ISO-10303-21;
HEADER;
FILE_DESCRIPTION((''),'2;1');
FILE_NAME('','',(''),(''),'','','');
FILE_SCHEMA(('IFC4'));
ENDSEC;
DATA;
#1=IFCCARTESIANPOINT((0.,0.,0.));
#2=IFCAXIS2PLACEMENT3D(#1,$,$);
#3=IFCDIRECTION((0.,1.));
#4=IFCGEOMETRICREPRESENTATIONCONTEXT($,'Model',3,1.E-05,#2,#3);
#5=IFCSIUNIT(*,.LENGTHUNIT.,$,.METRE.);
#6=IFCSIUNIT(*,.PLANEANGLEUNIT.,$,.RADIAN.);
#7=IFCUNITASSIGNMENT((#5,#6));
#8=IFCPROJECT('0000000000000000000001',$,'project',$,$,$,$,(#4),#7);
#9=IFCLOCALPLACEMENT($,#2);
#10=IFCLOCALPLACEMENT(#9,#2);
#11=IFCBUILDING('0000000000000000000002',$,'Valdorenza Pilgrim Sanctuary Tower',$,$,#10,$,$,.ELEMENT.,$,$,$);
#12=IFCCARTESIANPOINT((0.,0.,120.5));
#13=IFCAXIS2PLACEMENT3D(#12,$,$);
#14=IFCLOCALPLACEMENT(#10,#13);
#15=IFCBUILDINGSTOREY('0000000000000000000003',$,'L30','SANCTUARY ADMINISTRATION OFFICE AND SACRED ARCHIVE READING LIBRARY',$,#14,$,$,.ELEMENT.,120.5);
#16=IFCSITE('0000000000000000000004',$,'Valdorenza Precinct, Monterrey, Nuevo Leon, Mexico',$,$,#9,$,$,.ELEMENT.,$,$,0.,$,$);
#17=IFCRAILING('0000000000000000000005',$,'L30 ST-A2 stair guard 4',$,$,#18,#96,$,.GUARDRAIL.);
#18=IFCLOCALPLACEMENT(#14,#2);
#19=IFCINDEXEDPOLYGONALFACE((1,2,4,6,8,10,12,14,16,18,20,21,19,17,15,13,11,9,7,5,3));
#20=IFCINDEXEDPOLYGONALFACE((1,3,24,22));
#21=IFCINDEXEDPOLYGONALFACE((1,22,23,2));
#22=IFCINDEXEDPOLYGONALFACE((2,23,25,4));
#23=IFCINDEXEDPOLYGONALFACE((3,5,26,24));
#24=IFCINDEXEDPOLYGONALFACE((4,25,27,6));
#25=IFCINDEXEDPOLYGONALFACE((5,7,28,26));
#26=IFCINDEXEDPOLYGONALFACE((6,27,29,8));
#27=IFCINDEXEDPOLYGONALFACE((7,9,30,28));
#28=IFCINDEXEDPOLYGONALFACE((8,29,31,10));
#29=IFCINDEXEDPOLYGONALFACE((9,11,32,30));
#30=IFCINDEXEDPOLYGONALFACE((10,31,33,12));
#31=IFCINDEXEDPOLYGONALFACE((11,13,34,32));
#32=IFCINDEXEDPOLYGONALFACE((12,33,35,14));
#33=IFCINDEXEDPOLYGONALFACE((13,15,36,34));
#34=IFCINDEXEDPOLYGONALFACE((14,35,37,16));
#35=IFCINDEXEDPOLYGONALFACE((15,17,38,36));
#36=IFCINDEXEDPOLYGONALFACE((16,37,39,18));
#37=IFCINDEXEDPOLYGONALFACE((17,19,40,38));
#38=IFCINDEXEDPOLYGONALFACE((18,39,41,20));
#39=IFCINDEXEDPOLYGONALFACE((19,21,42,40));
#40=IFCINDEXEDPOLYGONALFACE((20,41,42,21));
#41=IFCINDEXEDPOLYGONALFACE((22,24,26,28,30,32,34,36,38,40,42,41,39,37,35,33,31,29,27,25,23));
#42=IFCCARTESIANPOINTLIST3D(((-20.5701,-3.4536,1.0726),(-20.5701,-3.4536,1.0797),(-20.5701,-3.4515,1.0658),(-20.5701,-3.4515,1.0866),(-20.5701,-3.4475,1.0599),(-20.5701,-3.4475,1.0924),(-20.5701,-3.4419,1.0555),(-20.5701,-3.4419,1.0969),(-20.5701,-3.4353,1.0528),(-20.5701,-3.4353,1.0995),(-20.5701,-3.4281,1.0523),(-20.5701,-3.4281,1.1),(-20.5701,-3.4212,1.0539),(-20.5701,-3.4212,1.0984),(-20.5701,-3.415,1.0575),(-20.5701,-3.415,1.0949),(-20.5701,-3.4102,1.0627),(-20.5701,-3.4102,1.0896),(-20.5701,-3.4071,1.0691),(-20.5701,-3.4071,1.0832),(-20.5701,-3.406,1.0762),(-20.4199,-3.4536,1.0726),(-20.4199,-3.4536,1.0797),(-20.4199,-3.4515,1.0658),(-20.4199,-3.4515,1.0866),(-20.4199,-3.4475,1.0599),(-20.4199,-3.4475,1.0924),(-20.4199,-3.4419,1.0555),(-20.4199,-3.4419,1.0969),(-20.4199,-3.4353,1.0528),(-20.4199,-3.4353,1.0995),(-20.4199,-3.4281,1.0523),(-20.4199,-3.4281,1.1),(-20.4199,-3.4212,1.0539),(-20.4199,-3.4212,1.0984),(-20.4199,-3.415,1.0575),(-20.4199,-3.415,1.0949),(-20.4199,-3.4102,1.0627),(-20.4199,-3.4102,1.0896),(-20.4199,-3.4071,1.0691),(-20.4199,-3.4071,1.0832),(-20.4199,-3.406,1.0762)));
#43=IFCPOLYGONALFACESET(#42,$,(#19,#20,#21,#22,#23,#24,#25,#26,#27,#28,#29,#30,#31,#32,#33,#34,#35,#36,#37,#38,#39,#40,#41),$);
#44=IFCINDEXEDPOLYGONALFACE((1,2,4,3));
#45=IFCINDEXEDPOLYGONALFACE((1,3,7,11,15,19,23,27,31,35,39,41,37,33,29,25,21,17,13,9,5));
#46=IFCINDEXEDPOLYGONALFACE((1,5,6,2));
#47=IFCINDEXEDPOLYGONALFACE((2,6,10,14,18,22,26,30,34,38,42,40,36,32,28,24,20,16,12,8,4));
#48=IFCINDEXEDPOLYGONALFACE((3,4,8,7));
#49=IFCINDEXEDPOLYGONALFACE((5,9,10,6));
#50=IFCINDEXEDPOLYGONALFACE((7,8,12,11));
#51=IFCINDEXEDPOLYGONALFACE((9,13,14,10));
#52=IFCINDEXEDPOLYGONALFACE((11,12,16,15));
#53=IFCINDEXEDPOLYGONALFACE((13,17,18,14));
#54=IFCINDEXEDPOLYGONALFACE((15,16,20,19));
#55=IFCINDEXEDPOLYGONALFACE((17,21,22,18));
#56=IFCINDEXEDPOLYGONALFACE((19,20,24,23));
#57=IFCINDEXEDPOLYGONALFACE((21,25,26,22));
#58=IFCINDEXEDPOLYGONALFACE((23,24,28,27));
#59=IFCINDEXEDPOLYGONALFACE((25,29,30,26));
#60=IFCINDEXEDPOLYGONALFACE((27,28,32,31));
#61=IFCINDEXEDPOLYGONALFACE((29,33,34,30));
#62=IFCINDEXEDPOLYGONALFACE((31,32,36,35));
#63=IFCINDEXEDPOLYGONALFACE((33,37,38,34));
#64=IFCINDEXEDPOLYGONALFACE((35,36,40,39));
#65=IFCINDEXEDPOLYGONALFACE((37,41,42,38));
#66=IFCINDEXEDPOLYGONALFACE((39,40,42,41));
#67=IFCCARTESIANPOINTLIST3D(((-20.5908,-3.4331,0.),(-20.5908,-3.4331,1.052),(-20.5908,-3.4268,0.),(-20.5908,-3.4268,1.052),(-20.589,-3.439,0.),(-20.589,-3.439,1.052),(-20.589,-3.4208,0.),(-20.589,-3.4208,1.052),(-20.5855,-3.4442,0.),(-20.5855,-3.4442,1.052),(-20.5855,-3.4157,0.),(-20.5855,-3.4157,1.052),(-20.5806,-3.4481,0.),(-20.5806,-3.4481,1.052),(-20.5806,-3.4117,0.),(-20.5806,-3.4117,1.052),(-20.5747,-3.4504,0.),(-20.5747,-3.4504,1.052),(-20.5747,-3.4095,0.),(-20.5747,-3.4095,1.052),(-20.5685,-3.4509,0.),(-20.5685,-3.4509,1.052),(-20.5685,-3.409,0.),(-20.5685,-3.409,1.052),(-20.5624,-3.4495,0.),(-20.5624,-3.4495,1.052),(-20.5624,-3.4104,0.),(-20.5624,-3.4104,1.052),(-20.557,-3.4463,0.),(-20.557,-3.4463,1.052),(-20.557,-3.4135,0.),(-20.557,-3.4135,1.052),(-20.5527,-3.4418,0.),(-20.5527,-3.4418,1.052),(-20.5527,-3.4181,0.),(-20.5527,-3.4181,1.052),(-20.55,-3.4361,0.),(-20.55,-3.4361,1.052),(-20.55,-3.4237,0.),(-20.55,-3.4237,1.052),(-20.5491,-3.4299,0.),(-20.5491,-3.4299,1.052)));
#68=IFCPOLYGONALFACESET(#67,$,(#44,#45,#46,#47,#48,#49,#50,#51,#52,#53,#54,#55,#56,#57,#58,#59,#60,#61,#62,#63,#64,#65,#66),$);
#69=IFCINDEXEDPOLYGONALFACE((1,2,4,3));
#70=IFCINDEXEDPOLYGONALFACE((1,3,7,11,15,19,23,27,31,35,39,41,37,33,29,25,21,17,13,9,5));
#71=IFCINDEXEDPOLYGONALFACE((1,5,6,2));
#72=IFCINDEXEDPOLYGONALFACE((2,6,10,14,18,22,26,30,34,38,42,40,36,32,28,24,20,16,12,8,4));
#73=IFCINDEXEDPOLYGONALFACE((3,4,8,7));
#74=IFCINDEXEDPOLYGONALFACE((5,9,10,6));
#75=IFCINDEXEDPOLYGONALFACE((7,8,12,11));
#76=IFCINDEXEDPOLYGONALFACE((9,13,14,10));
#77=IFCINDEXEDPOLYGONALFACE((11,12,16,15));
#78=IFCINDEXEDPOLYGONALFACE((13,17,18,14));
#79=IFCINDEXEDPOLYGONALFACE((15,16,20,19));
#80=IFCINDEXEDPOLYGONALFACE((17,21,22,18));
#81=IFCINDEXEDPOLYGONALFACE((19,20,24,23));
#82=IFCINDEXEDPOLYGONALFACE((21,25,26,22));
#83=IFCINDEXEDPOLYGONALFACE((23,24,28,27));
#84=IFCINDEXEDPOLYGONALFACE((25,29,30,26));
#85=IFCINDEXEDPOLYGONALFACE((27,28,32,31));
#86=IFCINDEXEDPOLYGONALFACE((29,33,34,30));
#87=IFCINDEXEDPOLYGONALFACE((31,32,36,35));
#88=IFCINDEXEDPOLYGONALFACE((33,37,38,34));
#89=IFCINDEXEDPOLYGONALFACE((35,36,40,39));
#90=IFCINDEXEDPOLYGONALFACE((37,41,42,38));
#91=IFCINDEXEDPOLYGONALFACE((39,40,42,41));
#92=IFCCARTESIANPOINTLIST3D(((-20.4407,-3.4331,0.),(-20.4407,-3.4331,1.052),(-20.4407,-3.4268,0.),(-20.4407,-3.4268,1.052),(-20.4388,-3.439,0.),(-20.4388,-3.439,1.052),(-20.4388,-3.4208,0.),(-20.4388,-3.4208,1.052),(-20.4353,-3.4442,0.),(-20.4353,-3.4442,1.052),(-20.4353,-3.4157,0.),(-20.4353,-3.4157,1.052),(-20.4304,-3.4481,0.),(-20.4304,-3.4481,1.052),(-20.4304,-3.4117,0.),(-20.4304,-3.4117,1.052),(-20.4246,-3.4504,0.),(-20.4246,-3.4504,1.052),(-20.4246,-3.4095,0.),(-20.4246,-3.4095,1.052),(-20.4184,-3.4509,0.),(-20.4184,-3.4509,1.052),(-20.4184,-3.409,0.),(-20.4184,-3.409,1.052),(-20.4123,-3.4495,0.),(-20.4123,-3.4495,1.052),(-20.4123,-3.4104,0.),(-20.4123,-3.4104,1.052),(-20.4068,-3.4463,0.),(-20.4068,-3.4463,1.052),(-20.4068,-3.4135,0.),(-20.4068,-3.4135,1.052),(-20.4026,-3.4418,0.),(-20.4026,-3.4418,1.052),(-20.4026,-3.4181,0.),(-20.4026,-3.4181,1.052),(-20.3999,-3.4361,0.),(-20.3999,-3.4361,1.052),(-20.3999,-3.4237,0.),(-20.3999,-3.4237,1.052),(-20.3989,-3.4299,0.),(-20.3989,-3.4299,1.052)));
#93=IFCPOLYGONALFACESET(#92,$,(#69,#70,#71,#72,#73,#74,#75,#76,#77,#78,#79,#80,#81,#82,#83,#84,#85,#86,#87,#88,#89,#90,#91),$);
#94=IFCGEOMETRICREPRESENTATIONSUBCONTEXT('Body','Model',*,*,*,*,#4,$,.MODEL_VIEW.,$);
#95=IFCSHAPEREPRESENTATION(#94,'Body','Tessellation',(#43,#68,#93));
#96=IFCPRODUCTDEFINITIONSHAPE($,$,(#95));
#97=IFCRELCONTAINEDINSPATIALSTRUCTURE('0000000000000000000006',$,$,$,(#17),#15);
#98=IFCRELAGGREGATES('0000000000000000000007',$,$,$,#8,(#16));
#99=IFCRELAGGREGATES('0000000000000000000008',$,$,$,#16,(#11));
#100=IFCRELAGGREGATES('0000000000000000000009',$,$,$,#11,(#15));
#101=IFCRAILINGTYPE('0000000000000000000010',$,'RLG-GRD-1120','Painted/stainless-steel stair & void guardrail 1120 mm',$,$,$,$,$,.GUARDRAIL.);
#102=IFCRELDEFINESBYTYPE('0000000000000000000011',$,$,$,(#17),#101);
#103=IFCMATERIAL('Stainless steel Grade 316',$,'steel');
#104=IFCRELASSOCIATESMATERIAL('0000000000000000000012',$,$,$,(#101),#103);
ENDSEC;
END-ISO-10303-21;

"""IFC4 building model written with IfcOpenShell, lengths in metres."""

from ifc_helpers import new_model, si_unit, direction, frame, origin, origin_2d, place, context, subcontext, project, spatial, circle, extrude, material, type_object, element, save


model = new_model("IFC4")

# Units and contexts
model_context = context("Model", 3, precision=1e-05, world=origin(), true_north=direction((0.0, 1.0)))
body_context = subcontext(model_context, "Body", "Model", "MODEL_VIEW")
ifc_project = project(units=[si_unit("LENGTHUNIT", "METRE"), si_unit("PLANEANGLEUNIT", "RADIAN")], contexts=[model_context])

# Site, building, storey
site_placement = place(None, origin())
site = spatial("IfcSite", under=ifc_project, at=site_placement, Name="Valdorenza Precinct, Monterrey, Nuevo Leon, Mexico", CompositionType="ELEMENT", RefElevation=0.0)
building_placement = place(site_placement, origin())
building = spatial("IfcBuilding", under=site, at=building_placement, Name="Valdorenza Pilgrim Sanctuary Tower", CompositionType="ELEMENT")
storey_placement = place(building_placement, frame((0.0, 0.0, 120.5)))
storey = spatial("IfcBuildingStorey", under=building, at=storey_placement, Name="L30", Description="SANCTUARY ADMINISTRATION OFFICE AND SACRED ARCHIVE READING LIBRARY", CompositionType="ELEMENT", Elevation=120.5)

# Railing
ifc_material_1 = material(Name="Stainless steel Grade 316", Category="steel")
railing_type_1 = type_object("IfcRailingType", Name="RLG-GRD-1120", Description="Painted/stainless-steel stair & void guardrail 1120 mm", PredefinedType="GUARDRAIL", material=ifc_material_1)
railing_1_placement = place(storey_placement, frame((-20.5701, -3.4299, 0.0)))
element("IfcRailing", 1, at=railing_1_placement, inside=storey, type_object=railing_type_1, Name="L30 ST-A2 stair guard 4", PredefinedType="GUARDRAIL", context=body_context, shape_type="SweptSolid", body=[
    extrude(circle(Radius=0.0239, at=origin_2d()), frame((0.0, 0.0, 1.0762), z_axis=(1.0, 0.0, 0.0), x_axis=(0.0, 1.0, 0.0)), (0.0, 0.0, 1.0), 0.1501),
    extrude(circle(Radius=0.021, at=origin_2d()), origin(), (0.0, 0.0, 1.0), 1.052),
    extrude(circle(Radius=0.021, at=origin_2d()), frame((0.1501, 0.0, 0.0)), (0.0, 0.0, 1.0), 1.052),
])

save(model, "model.ifc")
